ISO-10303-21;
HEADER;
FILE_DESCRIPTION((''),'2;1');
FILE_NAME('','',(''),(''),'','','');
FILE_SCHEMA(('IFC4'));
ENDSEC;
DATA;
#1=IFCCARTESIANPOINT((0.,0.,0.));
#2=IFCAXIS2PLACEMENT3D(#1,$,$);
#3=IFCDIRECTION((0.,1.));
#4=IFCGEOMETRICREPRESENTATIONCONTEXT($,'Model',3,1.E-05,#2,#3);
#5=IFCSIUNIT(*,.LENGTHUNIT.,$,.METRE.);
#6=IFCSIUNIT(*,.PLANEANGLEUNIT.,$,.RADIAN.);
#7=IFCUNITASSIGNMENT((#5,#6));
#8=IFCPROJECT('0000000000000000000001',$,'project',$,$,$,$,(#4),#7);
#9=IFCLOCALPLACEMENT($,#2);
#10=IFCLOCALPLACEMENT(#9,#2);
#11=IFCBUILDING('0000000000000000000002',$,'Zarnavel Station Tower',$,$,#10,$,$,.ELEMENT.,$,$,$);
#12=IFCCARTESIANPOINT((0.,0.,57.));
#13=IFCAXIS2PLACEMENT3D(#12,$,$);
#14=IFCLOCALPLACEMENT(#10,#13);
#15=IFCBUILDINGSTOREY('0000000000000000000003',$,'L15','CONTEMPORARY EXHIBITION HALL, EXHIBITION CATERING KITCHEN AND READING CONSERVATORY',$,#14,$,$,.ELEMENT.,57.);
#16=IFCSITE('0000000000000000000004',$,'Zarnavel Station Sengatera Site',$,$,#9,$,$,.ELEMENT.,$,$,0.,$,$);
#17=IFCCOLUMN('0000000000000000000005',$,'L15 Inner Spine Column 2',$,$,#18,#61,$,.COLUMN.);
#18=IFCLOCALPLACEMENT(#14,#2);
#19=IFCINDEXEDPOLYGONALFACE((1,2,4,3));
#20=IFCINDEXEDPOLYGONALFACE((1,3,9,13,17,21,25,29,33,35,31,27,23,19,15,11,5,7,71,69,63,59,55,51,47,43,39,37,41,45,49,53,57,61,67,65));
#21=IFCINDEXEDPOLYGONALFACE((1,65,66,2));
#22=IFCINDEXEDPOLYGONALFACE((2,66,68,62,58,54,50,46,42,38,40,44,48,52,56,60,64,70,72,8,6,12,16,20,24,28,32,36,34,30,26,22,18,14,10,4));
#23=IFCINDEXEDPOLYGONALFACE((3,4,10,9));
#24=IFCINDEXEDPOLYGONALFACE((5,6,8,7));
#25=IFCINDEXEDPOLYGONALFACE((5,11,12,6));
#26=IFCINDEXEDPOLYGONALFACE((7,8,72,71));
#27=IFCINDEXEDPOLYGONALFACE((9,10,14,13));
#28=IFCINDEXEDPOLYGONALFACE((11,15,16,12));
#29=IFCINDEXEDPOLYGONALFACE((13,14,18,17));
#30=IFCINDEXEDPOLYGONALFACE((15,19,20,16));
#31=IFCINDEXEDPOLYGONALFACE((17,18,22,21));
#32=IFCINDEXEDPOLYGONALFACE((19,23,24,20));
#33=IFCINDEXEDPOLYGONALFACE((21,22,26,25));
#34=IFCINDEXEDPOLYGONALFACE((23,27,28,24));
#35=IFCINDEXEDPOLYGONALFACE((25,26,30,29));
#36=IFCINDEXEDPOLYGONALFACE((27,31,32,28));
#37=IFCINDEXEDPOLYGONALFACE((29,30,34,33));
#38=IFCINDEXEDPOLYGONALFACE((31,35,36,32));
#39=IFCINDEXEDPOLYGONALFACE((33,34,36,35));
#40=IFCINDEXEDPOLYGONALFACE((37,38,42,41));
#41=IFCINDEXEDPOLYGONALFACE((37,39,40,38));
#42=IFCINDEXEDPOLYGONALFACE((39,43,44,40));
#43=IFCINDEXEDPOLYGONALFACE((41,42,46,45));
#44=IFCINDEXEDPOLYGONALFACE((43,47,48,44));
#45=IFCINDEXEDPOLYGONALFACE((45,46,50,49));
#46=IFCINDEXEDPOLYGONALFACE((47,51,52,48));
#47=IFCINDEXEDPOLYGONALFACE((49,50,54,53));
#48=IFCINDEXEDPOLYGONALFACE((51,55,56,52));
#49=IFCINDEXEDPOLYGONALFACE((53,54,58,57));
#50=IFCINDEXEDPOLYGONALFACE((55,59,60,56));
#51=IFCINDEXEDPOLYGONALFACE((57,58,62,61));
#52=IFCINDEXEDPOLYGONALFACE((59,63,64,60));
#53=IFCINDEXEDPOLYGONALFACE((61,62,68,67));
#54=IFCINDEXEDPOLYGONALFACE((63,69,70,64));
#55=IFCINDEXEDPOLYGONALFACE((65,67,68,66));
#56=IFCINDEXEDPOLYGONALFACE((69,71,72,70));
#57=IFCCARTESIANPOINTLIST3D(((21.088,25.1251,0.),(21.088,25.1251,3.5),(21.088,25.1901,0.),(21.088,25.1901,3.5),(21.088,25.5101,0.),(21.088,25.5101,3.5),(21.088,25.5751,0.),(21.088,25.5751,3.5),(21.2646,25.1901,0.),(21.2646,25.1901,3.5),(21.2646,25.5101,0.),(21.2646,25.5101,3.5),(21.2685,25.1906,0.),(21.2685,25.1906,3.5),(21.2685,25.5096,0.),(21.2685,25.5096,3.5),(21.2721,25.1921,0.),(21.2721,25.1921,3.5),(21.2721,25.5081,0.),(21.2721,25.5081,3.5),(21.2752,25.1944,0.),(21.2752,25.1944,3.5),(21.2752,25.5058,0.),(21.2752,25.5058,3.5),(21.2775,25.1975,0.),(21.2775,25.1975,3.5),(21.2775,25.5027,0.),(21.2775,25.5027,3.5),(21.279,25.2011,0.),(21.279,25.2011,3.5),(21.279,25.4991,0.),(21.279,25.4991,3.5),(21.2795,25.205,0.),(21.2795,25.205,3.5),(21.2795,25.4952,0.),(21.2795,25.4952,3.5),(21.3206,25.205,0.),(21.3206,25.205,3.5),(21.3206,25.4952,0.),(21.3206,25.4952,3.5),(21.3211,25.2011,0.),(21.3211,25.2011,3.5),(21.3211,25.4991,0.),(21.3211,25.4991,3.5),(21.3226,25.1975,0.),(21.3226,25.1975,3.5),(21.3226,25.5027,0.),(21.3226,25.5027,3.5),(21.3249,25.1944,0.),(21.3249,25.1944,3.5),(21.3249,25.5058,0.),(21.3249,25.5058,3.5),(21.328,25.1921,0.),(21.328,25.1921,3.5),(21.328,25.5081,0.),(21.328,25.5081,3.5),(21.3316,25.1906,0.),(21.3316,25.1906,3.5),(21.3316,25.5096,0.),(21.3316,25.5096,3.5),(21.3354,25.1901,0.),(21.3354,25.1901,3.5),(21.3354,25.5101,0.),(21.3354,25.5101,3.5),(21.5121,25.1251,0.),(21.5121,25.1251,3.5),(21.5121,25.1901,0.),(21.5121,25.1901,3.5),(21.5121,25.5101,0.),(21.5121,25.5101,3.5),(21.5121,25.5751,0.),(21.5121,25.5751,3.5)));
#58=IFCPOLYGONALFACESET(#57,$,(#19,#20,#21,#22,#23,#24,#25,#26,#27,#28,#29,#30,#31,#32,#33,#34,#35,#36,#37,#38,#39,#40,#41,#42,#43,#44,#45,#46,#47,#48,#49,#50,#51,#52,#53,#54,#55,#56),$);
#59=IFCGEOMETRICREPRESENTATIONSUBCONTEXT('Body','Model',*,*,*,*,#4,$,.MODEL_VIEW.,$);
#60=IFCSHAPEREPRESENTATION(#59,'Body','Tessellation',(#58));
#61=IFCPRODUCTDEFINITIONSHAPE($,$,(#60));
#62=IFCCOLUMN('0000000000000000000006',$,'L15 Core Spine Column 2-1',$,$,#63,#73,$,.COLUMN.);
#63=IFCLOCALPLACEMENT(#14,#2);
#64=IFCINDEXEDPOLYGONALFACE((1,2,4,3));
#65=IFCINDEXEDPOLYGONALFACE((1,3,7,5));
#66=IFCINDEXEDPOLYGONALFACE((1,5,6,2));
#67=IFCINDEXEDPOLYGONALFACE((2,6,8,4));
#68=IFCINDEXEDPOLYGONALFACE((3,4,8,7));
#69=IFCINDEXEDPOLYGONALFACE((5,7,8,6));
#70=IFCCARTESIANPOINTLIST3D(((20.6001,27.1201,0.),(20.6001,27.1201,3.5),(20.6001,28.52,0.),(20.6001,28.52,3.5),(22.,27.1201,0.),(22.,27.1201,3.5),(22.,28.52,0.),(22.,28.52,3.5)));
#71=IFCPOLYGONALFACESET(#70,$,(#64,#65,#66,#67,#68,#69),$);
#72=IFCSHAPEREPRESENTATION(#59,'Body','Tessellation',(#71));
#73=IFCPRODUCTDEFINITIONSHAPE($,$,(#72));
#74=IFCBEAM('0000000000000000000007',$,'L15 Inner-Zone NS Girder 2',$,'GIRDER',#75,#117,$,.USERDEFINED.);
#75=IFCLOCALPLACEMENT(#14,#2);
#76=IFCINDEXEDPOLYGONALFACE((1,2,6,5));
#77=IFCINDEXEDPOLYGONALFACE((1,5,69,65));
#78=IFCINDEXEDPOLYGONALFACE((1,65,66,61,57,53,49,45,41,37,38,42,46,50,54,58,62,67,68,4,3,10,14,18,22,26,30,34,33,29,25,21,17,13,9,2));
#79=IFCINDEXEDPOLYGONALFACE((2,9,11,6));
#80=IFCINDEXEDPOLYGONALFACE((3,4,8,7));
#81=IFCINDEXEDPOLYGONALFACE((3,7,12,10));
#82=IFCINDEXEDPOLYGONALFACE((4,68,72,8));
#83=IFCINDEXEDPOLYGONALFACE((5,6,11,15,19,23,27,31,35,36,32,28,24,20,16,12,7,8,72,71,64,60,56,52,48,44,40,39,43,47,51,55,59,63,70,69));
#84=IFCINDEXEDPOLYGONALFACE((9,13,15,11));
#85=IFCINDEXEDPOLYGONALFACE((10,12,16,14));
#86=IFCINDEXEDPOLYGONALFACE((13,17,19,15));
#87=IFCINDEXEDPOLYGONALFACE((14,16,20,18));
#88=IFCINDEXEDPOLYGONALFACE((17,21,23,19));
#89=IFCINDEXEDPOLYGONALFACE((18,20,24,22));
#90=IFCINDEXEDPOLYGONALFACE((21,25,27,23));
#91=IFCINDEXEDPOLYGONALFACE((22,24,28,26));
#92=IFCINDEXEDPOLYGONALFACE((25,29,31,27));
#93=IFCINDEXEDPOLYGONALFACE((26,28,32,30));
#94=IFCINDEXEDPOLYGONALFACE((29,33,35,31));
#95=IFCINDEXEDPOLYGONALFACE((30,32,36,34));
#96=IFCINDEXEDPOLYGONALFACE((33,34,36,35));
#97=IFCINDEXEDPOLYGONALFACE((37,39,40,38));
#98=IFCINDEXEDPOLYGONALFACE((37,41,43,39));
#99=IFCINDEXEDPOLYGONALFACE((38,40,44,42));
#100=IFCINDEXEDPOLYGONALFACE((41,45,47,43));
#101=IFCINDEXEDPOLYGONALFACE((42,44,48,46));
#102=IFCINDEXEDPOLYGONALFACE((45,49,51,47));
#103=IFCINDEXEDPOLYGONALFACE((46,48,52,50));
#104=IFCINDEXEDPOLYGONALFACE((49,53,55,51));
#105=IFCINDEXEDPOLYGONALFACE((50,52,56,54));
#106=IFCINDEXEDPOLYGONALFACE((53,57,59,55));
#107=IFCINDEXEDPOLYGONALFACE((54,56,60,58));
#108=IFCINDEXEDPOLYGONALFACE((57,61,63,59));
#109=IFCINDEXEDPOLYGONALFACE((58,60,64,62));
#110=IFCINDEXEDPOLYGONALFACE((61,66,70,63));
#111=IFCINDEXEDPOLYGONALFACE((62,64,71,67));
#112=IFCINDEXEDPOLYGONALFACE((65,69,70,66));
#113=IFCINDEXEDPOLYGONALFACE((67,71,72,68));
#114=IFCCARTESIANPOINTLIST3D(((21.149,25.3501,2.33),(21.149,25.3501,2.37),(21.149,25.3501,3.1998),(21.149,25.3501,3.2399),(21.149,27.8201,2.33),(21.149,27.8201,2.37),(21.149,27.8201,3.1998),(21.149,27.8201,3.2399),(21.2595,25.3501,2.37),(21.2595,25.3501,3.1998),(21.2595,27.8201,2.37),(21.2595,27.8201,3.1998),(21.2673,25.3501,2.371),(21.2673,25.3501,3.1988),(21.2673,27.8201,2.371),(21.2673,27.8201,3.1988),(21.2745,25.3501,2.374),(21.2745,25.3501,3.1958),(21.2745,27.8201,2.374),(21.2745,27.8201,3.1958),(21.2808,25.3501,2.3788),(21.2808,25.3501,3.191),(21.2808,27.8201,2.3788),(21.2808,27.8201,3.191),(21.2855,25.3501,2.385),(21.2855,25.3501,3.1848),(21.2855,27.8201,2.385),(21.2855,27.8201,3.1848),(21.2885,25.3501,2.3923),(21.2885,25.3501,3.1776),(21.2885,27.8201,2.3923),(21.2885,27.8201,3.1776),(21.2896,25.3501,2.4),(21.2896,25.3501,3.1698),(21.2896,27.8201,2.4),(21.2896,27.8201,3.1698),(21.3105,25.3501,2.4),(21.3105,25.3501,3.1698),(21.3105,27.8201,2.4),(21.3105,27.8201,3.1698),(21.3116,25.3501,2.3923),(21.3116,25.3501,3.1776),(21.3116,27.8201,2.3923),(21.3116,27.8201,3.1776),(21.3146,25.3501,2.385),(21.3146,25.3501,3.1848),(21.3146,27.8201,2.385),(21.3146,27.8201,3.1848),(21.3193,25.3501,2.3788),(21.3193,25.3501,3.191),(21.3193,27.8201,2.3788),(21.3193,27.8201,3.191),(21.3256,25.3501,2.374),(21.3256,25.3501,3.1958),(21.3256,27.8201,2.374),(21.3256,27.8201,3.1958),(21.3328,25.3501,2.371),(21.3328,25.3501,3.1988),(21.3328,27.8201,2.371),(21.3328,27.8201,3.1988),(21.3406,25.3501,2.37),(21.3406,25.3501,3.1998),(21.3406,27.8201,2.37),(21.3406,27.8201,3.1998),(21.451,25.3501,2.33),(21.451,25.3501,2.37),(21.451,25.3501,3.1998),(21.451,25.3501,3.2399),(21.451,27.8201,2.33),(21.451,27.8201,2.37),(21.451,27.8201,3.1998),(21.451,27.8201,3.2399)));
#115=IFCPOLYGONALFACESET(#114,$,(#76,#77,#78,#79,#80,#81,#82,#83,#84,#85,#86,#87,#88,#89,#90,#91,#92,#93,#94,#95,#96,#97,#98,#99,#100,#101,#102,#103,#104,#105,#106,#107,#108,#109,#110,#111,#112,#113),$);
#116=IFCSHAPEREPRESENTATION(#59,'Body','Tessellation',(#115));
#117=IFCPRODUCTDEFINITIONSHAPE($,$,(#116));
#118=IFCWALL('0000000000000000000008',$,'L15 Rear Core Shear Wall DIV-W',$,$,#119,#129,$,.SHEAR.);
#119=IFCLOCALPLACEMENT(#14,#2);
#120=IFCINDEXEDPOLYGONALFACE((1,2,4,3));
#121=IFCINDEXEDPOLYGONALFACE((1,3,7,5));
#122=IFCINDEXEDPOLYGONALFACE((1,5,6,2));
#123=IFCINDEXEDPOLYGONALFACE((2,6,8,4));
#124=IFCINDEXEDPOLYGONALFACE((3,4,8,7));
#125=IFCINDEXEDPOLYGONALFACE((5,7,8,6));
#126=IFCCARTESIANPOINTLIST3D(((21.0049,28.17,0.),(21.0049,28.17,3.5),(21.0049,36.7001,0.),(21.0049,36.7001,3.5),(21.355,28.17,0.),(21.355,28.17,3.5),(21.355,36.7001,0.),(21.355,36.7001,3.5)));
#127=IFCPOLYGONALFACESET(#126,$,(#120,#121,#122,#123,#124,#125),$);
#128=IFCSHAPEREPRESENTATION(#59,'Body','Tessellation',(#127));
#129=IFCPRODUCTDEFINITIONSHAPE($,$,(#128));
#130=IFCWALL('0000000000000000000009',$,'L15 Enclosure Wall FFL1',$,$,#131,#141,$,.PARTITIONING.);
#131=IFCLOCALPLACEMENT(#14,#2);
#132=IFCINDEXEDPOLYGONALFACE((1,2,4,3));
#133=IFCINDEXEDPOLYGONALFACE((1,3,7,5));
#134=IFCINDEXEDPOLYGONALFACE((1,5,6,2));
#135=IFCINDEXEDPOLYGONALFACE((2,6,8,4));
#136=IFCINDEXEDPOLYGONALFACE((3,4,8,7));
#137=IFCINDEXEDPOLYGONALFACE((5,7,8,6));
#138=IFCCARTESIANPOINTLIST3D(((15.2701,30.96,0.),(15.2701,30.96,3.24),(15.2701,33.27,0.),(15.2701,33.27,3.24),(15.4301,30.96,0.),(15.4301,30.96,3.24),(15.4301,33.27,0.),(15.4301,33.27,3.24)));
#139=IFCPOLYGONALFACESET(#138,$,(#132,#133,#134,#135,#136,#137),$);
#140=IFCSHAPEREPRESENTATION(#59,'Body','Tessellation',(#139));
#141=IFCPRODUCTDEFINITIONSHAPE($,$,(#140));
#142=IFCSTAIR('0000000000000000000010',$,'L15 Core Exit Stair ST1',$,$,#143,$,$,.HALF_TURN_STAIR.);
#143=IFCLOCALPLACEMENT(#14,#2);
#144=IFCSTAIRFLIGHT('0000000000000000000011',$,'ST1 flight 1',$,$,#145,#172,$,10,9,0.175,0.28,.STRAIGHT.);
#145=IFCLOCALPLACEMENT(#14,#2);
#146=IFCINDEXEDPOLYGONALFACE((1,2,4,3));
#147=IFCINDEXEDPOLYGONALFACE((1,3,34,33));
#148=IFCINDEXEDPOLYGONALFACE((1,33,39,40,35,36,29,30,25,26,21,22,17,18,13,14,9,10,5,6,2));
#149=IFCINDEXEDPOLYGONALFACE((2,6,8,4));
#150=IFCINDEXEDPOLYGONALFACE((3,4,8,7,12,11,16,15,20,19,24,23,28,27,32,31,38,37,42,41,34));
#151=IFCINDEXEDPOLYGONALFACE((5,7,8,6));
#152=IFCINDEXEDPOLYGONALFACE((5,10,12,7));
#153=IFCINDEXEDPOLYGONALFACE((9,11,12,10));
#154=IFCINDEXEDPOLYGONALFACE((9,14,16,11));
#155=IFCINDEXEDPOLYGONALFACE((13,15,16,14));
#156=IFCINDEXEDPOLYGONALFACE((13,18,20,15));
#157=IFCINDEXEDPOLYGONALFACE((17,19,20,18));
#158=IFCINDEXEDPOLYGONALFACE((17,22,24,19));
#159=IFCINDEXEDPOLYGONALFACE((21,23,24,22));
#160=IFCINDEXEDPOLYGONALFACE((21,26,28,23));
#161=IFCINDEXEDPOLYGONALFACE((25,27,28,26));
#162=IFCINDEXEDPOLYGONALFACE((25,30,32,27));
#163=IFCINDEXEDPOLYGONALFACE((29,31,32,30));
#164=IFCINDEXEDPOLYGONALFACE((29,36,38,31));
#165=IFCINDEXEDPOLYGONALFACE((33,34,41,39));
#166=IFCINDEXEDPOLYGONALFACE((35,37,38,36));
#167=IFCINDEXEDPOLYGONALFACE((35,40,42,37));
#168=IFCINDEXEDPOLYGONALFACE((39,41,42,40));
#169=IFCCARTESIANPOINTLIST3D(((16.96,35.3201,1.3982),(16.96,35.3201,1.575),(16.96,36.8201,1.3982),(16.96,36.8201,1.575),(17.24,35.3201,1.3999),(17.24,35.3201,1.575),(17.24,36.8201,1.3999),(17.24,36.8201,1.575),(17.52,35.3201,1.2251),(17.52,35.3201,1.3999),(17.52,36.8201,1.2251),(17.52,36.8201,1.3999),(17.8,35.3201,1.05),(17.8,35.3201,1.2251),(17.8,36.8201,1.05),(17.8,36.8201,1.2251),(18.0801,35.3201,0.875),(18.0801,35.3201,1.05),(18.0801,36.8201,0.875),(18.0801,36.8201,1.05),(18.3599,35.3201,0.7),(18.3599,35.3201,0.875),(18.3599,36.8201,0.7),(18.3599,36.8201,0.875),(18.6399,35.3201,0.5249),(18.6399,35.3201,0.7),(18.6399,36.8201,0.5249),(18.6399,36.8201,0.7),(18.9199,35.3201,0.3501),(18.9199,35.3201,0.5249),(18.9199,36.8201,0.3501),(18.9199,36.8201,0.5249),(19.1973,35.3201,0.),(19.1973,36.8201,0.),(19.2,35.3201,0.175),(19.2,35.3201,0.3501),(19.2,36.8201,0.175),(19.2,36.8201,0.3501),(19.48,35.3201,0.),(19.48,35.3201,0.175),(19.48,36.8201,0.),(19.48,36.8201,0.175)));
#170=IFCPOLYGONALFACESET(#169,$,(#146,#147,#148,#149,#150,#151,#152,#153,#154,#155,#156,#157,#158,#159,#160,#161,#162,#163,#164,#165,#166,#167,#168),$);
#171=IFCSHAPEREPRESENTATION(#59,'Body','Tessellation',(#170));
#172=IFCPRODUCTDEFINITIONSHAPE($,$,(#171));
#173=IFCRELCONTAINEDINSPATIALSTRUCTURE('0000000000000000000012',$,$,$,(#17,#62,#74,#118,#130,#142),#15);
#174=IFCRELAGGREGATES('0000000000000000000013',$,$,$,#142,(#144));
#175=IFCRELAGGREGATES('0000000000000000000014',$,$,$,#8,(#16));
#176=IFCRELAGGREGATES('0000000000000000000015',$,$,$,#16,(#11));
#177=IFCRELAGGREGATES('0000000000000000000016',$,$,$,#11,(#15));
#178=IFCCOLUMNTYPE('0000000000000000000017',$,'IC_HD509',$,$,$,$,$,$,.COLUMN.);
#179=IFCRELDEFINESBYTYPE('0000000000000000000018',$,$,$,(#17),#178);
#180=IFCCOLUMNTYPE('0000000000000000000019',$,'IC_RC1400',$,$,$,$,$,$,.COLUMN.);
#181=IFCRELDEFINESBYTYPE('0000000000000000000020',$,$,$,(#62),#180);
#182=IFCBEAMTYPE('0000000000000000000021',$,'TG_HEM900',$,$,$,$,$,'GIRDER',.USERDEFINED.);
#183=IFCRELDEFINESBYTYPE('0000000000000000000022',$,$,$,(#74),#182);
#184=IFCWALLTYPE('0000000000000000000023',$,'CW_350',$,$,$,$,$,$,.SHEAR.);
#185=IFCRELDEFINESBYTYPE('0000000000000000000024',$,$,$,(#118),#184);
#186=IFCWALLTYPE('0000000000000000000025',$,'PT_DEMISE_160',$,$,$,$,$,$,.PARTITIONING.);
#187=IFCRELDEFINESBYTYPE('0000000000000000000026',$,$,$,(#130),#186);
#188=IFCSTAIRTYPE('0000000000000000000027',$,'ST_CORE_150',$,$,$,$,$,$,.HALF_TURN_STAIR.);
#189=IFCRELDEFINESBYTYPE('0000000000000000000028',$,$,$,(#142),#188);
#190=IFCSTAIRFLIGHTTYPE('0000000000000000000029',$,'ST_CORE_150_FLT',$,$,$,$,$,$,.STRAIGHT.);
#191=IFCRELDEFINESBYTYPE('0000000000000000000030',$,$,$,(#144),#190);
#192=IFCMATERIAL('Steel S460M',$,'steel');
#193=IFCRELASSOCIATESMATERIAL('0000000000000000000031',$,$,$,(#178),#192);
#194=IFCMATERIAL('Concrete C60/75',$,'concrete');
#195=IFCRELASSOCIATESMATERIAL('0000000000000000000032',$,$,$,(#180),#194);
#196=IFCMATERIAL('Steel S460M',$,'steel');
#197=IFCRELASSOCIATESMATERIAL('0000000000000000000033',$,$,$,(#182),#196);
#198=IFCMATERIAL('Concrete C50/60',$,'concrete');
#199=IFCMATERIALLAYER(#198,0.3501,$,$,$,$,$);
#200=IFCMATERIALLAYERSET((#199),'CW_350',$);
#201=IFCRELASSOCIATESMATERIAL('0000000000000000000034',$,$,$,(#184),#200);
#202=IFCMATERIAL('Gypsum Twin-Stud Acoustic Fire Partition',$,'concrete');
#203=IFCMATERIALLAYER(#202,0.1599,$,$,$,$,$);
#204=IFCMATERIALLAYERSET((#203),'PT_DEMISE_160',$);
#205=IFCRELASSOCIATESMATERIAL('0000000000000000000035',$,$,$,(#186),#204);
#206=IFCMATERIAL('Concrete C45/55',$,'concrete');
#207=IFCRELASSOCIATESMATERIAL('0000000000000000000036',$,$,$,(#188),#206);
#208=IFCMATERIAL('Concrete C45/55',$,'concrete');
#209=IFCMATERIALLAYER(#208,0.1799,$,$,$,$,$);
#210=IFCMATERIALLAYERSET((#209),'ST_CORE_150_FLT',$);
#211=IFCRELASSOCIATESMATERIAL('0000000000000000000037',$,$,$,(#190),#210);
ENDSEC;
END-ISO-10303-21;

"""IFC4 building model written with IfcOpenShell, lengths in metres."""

from ifc_helpers import new_model, si_unit, direction, frame, frame_2d, origin, origin_2d, place, context, subcontext, project, spatial, polyline, rectangle, i_section, outline, extrude, material, layer, layer_set, material_profile, profile_set, type_object, element, aggregate, save


model = new_model("IFC4")

# Units and contexts
model_context = context("Model", 3, precision=1e-05, world=origin(), true_north=direction((0.0, 1.0)))
body_context = subcontext(model_context, "Body", "Model", "MODEL_VIEW")
ifc_project = project(units=[si_unit("LENGTHUNIT", "METRE"), si_unit("PLANEANGLEUNIT", "RADIAN")], contexts=[model_context])

# Site, building, storey
site_placement = place(None, origin())
site = spatial("IfcSite", under=ifc_project, at=site_placement, Name="Zarnavel Station Sengatera Site", CompositionType="ELEMENT", RefElevation=0.0)
building_placement = place(site_placement, origin())
building = spatial("IfcBuilding", under=site, at=building_placement, Name="Zarnavel Station Tower", CompositionType="ELEMENT")
storey_placement = place(building_placement, frame((0.0, 0.0, 57.0)))
storey = spatial("IfcBuildingStorey", under=building, at=storey_placement, Name="L15", Description="CONTEMPORARY EXHIBITION HALL, EXHIBITION CATERING KITCHEN AND READING CONSERVATORY", CompositionType="ELEMENT", Elevation=57.0)

# Columns
ifc_material_1 = material(Name="Steel S460M", Category="steel")
ifc_material_profile_1 = material_profile(ifc_material_1, i_section(OverallWidth=0.4241, OverallDepth=0.45, WebThickness=0.041, FlangeThickness=0.0649, FilletRadius=0.0149, at=origin_2d()), Name="HD400x509")
ifc_profile_set_1 = profile_set([ifc_material_profile_1], Name="Steel S460M")
column_type_1 = type_object("IfcColumnType", Name="IC_HD509", PredefinedType="COLUMN", material=ifc_profile_set_1)
column_1_placement = place(storey_placement, frame((21.3, 25.3501, 0.0), z_axis=(0.0, 0.0, 1.0), x_axis=(1.0, 0.0, 0.0)))
element("IfcColumn", 1, at=column_1_placement, inside=storey, type_object=column_type_1, Name="L15 Inner Spine Column 2", PredefinedType="COLUMN", context=body_context, shape_type="SweptSolid", body=[
    extrude(i_section(OverallWidth=0.4241, OverallDepth=0.45, WebThickness=0.041, FlangeThickness=0.0649, FilletRadius=0.0149, at=origin_2d()), origin(), (0.0, 0.0, 1.0), 3.5),
])
ifc_material_2 = material(Name="Concrete C60/75", Category="concrete")
ifc_material_profile_2 = material_profile(ifc_material_2, rectangle(XDim=1.3999, YDim=1.3999, at=origin_2d()), Name="RC1400x1400")
ifc_profile_set_2 = profile_set([ifc_material_profile_2], Name="Concrete C60/75")
column_type_2 = type_object("IfcColumnType", Name="IC_RC1400", PredefinedType="COLUMN", material=ifc_profile_set_2)
column_2_placement = place(storey_placement, frame((21.3, 27.8201, 0.0), z_axis=(0.0, 0.0, 1.0), x_axis=(1.0, 0.0, 0.0)))
element("IfcColumn", 2, at=column_2_placement, inside=storey, type_object=column_type_2, Name="L15 Core Spine Column 2-1", PredefinedType="COLUMN", context=body_context, shape_type="SweptSolid", body=[
    extrude(rectangle(XDim=1.3999, YDim=1.3999, at=origin_2d()), origin(), (0.0, 0.0, 1.0), 3.5),
])

# Beam
ifc_material_3 = material(Name="Steel S460M", Category="steel")
ifc_material_profile_3 = material_profile(ifc_material_3, i_section(OverallWidth=0.302, OverallDepth=0.9099, WebThickness=0.021, FlangeThickness=0.04, FilletRadius=0.03, at=origin_2d()), Name="HEM900")
ifc_profile_set_3 = profile_set([ifc_material_profile_3], Name="Steel S460M")
beam_type = type_object("IfcBeamType", Name="TG_HEM900", ElementType="GIRDER", PredefinedType="USERDEFINED", material=ifc_profile_set_3)
beam_placement = place(storey_placement, frame((21.3, 25.3501, 2.7849), z_axis=(0.0, 1.0, 0.0), x_axis=(-1.0, 0.0, 0.0)))
element("IfcBeam", 3, at=beam_placement, inside=storey, type_object=beam_type, Name="L15 Inner-Zone NS Girder 2", ObjectType="GIRDER", PredefinedType="USERDEFINED", context=body_context, shape_type="SweptSolid", body=[
    extrude(i_section(OverallWidth=0.302, OverallDepth=0.9099, WebThickness=0.021, FlangeThickness=0.04, FilletRadius=0.03, at=origin_2d()), origin(), (0.0, 0.0, 1.0), 2.47),
])

# Wall
ifc_material_4 = material(Name="Concrete C50/60", Category="concrete")
ifc_layer_1 = layer(ifc_material_4, 0.3501)
ifc_layer_set_1 = layer_set([ifc_layer_1], Name="CW_350")
wall_type_1 = type_object("IfcWallType", Name="CW_350", PredefinedType="SHEAR", material=ifc_layer_set_1)
wall_1_placement = place(storey_placement, frame((21.1799, 28.1699, 0.0), z_axis=(0.0, 0.0, 1.0), x_axis=(0.0, 1.0, 0.0)))
element("IfcWall", 4, at=wall_1_placement, inside=storey, type_object=wall_type_1, Name="L15 Rear Core Shear Wall DIV-W", PredefinedType="SHEAR", context=body_context, shape_type="SweptSolid", body=[
    extrude(rectangle(XDim=8.53, YDim=0.3501, at=frame_2d((4.2651, 0.0))), origin(), (0.0, 0.0, 1.0), 3.5),
])

# Wall
ifc_material_5 = material(Name="Gypsum Twin-Stud Acoustic Fire Partition", Category="concrete")
ifc_layer_2 = layer(ifc_material_5, 0.1599)
ifc_layer_set_2 = layer_set([ifc_layer_2], Name="PT_DEMISE_160")
wall_type_2 = type_object("IfcWallType", Name="PT_DEMISE_160", PredefinedType="PARTITIONING", material=ifc_layer_set_2)
wall_2_placement = place(storey_placement, frame((15.3501, 30.96, 0.0), z_axis=(0.0, 0.0, 1.0), x_axis=(0.0, 1.0, 0.0)))
element("IfcWall", 5, at=wall_2_placement, inside=storey, type_object=wall_type_2, Name="L15 Enclosure Wall FFL1", PredefinedType="PARTITIONING", context=body_context, shape_type="SweptSolid", body=[
    extrude(rectangle(XDim=2.3101, YDim=0.1599, at=frame_2d((1.155, 0.0))), origin(), (0.0, 0.0, 1.0), 3.24),
])

# Stair, stair flight
ifc_material_6 = material(Name="Concrete C45/55", Category="concrete")
stair_type = type_object("IfcStairType", Name="ST_CORE_150", PredefinedType="HALF_TURN_STAIR", material=ifc_material_6)
stair_placement = place(storey_placement, origin())
stair = element("IfcStair", 6, at=stair_placement, inside=storey, type_object=stair_type, Name="L15 Core Exit Stair ST1", PredefinedType="HALF_TURN_STAIR")
ifc_material_7 = material(Name="Concrete C45/55", Category="concrete")
ifc_layer_3 = layer(ifc_material_7, 0.1799)
ifc_layer_set_3 = layer_set([ifc_layer_3], Name="ST_CORE_150_FLT")
stair_flight_type = type_object("IfcStairFlightType", Name="ST_CORE_150_FLT", PredefinedType="STRAIGHT", material=ifc_layer_set_3)
stair_flight_1_placement = place(storey_placement, frame((19.48, 36.0701, 0.0), z_axis=(0.0, 0.0, 1.0), x_axis=(-1.0, 0.0, 0.0)))
stair_flight_1 = element("IfcStairFlight", 7, at=stair_flight_1_placement, type_object=stair_flight_type, Name="ST1 flight 1", NumberOfRisers=10, NumberOfTreads=9, PredefinedType="STRAIGHT", RiserHeight=0.175, TreadLength=0.28, context=body_context, shape_type="SweptSolid", body=[
    extrude(outline(polyline([(0.0, 0.0), (0.0, 0.175), (0.28, 0.175), (0.28, 0.3501), (0.5601, 0.3501), (0.5601, 0.5249), (0.8401, 0.5249), (0.8401, 0.7), (1.1201, 0.7), (1.1201, 0.875), (1.3999, 0.875), (1.3999, 1.05), (1.6799, 1.05), (1.6799, 1.2251), (1.96, 1.2251), (1.96, 1.3999), (2.24, 1.3999), (2.24, 1.575), (2.52, 1.575), (2.52, 1.75), (2.52, 1.3982), (0.2827, 0.0), (0.0, 0.0)])), frame((0.0, 0.75, 0.0), z_axis=(0.0, -1.0, 0.0), x_axis=(1.0, 0.0, 0.0)), (0.0, 0.0, 1.0), 1.5),
])
aggregate(stair, [stair_flight_1])

save(model, "model.ifc")
